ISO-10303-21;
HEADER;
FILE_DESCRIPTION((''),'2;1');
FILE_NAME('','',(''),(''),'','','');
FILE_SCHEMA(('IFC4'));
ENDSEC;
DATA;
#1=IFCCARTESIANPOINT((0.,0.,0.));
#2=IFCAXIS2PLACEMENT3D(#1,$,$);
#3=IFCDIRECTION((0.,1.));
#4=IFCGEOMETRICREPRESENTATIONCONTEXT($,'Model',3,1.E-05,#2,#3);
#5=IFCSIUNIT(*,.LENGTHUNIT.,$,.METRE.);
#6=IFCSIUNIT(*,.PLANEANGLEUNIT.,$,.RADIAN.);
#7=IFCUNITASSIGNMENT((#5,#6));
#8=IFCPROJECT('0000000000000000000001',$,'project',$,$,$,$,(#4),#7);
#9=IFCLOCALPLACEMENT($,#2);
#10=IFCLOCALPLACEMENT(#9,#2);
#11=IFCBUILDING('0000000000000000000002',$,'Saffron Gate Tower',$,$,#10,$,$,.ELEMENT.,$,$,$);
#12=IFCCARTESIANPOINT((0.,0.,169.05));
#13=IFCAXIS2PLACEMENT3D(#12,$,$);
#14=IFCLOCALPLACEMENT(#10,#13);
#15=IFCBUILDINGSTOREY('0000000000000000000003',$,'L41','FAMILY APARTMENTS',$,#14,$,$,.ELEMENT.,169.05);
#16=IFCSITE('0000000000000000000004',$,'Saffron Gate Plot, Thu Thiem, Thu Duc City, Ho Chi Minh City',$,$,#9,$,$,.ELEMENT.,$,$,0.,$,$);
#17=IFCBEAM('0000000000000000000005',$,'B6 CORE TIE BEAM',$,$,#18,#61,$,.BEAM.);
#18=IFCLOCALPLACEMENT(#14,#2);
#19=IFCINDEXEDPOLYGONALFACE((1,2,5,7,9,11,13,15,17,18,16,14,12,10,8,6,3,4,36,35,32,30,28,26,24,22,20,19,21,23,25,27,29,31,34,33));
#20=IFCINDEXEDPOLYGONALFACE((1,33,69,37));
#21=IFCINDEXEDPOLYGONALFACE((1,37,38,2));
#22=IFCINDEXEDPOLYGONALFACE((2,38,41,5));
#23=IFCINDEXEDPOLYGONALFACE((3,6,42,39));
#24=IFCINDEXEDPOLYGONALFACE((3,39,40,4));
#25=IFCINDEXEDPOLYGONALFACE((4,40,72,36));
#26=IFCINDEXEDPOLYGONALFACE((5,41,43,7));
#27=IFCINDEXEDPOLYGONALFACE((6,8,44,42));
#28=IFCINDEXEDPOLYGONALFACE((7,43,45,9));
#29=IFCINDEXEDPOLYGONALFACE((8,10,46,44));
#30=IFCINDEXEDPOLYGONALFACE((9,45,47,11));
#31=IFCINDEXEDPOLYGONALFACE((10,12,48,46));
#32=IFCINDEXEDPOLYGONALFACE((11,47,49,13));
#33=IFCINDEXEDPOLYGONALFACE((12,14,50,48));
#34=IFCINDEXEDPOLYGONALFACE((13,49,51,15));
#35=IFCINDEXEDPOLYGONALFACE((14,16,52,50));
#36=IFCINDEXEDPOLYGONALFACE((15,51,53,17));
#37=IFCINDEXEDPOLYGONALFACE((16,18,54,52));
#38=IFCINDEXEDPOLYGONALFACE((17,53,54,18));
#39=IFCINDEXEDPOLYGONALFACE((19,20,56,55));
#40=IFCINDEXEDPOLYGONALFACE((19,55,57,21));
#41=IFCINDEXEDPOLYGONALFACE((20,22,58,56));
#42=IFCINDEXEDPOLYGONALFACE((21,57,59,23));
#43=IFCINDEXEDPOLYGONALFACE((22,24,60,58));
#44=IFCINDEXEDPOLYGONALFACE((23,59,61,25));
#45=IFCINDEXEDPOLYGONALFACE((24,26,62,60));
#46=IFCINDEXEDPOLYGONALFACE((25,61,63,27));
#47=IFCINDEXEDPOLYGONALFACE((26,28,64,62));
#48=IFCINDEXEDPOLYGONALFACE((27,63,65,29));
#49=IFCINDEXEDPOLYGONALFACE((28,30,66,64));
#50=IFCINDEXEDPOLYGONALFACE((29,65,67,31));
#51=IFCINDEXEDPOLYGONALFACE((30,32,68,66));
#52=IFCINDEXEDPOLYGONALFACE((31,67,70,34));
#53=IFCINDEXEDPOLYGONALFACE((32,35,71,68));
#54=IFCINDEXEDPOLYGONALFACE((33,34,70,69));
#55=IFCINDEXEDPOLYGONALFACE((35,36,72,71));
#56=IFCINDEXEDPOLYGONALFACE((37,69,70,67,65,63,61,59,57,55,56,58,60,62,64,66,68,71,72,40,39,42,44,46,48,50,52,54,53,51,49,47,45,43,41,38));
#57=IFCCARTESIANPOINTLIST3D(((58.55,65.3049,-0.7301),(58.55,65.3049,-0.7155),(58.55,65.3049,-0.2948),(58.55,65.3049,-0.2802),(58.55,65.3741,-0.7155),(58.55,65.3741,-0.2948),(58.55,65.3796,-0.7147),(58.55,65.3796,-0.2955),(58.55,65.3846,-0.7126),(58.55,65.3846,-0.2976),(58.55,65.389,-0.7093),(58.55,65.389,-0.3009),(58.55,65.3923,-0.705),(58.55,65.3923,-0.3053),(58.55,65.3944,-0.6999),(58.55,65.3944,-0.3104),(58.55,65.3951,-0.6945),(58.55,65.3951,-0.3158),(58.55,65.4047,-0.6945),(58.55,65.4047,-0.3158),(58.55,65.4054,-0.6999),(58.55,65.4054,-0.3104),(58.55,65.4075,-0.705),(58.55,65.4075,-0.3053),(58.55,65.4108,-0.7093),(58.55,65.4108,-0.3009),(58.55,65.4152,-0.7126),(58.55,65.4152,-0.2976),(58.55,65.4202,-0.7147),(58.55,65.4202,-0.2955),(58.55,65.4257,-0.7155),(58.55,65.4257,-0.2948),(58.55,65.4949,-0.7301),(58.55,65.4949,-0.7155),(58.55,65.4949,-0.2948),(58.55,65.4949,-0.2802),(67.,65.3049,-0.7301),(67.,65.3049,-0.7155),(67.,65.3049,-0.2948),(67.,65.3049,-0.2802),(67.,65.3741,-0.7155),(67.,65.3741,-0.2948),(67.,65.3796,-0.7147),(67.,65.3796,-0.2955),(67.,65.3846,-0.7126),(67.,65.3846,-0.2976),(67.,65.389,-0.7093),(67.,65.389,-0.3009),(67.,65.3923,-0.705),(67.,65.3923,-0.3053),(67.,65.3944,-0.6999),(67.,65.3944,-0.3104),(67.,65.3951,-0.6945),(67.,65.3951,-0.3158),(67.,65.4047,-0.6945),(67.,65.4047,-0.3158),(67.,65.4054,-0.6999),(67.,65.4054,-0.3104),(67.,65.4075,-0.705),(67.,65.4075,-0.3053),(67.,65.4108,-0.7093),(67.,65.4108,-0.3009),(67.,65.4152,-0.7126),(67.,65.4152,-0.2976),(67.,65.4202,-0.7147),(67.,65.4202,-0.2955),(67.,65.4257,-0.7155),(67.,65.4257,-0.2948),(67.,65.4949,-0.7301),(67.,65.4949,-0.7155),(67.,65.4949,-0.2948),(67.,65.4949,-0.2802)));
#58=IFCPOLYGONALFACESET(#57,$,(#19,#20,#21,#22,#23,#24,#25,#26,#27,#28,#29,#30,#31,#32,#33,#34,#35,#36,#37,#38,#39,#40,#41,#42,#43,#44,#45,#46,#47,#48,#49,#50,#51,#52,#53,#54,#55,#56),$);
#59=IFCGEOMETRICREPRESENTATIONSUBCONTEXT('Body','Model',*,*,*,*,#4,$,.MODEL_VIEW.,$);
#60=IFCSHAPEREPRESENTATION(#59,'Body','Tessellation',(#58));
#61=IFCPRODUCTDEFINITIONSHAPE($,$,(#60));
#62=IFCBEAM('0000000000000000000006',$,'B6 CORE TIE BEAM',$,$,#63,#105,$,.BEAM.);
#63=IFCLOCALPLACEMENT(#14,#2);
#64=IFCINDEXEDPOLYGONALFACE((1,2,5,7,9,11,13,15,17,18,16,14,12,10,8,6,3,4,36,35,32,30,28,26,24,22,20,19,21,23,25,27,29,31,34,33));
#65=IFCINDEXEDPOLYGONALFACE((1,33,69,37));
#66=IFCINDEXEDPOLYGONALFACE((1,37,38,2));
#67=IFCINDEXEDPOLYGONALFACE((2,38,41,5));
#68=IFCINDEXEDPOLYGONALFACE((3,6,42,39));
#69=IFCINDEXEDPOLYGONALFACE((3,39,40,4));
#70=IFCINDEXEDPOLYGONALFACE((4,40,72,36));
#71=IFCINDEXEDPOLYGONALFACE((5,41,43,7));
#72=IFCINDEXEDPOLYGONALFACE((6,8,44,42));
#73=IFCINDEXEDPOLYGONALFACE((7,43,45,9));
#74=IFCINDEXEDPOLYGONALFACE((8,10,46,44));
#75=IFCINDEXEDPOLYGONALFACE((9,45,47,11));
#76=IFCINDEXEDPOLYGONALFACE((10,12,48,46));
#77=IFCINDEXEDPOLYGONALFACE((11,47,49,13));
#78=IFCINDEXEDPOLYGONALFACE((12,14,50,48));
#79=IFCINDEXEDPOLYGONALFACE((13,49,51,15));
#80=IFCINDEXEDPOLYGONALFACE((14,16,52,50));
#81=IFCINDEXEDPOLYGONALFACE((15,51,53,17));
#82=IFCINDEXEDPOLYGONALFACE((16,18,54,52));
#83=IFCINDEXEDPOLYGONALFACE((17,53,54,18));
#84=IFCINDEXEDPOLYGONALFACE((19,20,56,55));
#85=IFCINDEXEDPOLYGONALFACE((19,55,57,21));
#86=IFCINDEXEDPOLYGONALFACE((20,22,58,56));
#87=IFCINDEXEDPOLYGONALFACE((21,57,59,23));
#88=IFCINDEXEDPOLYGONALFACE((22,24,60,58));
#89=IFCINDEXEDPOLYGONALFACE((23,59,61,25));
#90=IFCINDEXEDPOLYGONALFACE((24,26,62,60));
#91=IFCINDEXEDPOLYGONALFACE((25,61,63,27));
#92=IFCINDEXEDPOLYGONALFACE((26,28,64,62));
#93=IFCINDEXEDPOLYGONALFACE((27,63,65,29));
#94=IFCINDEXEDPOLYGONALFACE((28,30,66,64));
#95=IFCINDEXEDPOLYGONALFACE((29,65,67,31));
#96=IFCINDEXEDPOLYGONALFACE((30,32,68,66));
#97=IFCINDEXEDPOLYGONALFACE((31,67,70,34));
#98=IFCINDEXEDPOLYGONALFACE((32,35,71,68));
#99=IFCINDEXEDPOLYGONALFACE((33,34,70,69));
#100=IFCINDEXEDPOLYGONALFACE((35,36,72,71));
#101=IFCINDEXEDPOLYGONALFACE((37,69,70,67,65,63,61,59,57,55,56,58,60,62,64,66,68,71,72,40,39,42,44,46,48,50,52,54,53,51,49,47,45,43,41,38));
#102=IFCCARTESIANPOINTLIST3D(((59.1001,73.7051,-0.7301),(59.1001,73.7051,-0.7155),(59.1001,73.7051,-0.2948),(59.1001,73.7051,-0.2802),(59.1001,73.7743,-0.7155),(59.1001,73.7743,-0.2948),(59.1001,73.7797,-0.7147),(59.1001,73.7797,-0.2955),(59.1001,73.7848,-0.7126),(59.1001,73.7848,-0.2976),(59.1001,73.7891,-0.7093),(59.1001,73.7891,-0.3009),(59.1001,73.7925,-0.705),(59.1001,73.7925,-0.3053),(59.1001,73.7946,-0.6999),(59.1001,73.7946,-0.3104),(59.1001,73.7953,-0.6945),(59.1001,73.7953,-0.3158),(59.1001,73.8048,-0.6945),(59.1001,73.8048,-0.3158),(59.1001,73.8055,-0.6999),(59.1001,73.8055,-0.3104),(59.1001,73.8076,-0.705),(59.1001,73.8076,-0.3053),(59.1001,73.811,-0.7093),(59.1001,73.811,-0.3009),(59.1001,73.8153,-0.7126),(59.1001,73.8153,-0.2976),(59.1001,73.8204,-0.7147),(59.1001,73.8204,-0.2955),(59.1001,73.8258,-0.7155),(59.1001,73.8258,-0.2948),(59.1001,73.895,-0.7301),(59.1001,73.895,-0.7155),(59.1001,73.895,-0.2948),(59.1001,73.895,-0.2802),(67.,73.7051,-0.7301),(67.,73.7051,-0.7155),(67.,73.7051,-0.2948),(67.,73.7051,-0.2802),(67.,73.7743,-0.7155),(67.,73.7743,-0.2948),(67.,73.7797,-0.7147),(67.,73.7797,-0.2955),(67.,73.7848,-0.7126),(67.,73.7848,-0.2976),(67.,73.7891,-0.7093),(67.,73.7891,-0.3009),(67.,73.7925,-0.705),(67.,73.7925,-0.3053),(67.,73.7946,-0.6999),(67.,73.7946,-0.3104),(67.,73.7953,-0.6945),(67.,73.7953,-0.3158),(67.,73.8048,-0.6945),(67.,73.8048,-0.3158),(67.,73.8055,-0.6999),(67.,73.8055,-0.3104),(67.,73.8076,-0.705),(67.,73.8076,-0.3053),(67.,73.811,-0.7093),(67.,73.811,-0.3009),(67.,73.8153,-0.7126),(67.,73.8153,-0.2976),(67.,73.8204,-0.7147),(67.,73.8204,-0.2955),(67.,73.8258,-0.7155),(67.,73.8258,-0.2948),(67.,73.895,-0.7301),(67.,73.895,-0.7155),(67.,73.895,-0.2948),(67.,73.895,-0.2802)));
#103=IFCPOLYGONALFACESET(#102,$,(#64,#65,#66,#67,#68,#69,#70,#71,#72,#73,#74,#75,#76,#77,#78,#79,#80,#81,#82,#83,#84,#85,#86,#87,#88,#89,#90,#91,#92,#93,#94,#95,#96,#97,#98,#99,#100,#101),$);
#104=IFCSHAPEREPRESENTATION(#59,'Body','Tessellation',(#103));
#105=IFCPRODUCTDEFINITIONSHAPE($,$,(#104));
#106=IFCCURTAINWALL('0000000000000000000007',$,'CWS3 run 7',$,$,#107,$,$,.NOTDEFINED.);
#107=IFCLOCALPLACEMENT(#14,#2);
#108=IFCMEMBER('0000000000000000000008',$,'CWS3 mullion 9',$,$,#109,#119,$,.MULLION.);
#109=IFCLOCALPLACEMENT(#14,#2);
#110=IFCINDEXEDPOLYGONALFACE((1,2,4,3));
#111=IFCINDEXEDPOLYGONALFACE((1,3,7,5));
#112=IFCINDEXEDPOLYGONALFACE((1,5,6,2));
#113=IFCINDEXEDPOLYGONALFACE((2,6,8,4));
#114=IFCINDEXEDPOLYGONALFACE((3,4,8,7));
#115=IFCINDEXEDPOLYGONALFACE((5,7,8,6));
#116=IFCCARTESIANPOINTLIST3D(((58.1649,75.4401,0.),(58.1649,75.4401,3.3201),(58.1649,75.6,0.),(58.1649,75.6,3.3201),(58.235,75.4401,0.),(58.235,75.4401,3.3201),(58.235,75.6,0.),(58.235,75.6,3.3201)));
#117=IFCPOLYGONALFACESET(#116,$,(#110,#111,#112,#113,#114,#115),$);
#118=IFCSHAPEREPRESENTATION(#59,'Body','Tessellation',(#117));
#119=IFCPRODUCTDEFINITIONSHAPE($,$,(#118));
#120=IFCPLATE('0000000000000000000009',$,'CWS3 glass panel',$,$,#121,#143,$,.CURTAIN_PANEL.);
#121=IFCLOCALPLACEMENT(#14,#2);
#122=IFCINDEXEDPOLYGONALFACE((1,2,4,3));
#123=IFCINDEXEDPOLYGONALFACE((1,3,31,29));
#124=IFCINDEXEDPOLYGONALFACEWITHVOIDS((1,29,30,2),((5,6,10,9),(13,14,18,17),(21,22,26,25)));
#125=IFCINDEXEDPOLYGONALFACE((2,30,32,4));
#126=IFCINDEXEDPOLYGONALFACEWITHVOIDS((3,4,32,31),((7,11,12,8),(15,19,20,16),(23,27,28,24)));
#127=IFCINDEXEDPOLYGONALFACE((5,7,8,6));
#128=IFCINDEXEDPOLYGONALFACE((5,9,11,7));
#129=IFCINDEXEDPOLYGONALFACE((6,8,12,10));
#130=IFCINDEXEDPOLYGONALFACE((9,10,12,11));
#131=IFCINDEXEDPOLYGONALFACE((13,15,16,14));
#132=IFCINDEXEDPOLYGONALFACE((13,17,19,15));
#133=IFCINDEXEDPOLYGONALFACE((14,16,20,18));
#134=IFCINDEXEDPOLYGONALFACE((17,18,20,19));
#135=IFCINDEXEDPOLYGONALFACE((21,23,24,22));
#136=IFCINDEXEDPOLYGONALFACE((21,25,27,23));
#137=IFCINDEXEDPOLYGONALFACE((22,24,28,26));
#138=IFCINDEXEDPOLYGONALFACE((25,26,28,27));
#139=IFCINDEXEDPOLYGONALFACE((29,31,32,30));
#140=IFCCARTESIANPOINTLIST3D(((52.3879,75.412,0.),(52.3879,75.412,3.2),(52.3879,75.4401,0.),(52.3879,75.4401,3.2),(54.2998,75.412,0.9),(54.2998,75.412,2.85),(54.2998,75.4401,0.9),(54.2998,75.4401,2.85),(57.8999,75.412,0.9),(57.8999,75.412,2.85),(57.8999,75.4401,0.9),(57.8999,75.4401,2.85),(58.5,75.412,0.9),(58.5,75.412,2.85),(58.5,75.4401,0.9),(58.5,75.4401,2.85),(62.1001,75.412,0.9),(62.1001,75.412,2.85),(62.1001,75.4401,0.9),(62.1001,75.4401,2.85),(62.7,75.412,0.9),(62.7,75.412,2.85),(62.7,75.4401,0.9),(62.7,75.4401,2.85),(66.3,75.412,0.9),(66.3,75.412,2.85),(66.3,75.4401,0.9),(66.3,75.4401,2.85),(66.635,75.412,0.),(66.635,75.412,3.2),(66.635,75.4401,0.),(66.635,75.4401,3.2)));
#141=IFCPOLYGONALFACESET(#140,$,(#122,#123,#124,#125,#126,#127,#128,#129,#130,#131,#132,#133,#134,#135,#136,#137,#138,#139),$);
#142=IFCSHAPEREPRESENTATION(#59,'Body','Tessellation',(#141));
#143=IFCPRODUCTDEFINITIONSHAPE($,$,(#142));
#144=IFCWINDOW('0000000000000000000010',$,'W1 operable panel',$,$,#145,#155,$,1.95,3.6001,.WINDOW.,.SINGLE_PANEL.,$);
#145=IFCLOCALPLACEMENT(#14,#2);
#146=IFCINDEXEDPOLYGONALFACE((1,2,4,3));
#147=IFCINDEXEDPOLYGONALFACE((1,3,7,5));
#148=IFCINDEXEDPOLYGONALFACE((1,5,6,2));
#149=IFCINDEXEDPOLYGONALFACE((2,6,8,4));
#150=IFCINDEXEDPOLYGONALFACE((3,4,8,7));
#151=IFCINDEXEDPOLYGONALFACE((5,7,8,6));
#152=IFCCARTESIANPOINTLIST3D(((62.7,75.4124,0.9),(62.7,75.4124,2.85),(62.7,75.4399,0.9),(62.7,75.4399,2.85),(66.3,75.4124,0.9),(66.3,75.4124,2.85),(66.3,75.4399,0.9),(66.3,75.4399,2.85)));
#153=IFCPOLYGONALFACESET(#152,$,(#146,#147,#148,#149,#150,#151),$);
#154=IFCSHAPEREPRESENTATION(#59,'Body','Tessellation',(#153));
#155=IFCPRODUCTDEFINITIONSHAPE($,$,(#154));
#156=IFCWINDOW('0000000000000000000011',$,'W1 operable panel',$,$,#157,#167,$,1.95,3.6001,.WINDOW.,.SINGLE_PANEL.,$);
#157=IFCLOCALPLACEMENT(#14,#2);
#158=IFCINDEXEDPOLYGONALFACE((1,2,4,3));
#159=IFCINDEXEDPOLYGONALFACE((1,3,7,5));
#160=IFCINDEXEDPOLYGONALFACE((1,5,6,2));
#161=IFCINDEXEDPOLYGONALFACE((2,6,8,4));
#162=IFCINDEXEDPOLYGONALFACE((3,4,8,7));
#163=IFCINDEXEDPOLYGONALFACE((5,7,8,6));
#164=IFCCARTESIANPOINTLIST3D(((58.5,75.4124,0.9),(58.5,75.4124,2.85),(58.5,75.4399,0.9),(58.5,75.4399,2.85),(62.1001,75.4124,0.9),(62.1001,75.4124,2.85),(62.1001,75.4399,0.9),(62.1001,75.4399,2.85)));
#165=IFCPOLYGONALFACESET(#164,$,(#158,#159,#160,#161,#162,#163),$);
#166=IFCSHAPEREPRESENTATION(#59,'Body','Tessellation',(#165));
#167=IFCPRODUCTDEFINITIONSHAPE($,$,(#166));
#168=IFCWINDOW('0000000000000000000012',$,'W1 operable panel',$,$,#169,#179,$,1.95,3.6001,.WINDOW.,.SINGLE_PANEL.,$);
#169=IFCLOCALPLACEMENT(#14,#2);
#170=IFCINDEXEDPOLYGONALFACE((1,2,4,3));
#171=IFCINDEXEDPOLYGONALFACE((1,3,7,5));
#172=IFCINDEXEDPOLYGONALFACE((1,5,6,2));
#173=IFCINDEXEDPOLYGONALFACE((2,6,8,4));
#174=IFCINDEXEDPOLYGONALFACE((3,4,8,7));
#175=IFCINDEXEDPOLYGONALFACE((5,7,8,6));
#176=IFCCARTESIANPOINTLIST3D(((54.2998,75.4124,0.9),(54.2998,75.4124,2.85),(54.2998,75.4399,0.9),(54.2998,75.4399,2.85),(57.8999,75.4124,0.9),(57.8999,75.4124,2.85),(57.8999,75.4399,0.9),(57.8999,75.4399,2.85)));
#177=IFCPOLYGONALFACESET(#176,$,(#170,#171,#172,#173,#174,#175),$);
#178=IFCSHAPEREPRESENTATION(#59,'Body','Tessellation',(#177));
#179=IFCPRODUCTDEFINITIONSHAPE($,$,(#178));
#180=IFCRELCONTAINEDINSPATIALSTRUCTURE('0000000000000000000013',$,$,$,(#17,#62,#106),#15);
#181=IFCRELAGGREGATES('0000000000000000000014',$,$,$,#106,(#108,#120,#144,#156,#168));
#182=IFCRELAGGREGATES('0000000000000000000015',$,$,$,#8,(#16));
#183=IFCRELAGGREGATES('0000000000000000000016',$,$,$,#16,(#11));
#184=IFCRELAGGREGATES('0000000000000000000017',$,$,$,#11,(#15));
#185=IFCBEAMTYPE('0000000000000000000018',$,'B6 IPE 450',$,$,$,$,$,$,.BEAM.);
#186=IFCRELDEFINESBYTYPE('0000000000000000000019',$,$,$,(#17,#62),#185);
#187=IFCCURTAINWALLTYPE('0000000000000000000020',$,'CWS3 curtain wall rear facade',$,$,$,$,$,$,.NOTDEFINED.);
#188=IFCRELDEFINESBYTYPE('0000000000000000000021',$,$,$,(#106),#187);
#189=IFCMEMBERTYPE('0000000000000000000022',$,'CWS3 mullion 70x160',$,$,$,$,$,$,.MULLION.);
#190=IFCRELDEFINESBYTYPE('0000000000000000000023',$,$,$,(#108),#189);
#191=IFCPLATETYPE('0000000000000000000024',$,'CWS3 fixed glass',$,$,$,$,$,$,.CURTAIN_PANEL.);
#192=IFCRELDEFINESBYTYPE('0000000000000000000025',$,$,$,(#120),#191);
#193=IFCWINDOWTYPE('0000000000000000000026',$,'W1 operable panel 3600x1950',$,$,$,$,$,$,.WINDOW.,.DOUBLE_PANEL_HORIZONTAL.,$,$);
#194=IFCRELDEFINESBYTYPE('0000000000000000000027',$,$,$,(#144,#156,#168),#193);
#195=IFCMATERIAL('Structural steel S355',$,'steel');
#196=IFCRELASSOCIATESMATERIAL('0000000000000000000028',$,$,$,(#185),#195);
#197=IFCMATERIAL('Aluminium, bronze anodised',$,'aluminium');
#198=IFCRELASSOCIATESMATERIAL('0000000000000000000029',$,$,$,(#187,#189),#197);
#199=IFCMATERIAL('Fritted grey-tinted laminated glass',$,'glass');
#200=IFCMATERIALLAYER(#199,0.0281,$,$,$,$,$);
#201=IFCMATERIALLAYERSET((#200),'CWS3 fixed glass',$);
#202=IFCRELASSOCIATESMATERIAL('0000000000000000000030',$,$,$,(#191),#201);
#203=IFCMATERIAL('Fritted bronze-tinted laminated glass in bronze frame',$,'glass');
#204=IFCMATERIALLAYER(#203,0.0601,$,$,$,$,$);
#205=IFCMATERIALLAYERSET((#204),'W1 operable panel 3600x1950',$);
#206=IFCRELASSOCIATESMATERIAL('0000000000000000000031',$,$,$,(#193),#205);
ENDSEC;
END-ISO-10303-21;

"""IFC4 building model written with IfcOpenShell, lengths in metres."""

from ifc_helpers import new_model, si_unit, direction, frame, frame_2d, origin, origin_2d, place, context, subcontext, project, spatial, rectangle, i_section, extrude, material, layer, layer_set, material_profile, profile_set, type_object, element, fill, aggregate, save


model = new_model("IFC4")

# Units and contexts
model_context = context("Model", 3, precision=1e-05, world=origin(), true_north=direction((0.0, 1.0)))
body_context = subcontext(model_context, "Body", "Model", "MODEL_VIEW")
ifc_project = project(units=[si_unit("LENGTHUNIT", "METRE"), si_unit("PLANEANGLEUNIT", "RADIAN")], contexts=[model_context])

# Site, building, storey
site_placement = place(None, origin())
site = spatial("IfcSite", under=ifc_project, at=site_placement, Name="Saffron Gate Plot, Thu Thiem, Thu Duc City, Ho Chi Minh City", CompositionType="ELEMENT", RefElevation=0.0)
building_placement = place(site_placement, origin())
building = spatial("IfcBuilding", under=site, at=building_placement, Name="Saffron Gate Tower", CompositionType="ELEMENT")
storey_placement = place(building_placement, frame((0.0, 0.0, 169.05)))
storey = spatial("IfcBuildingStorey", under=building, at=storey_placement, Name="L41", Description="FAMILY APARTMENTS", CompositionType="ELEMENT", Elevation=169.05)

# Beams
ifc_material_1 = material(Name="Structural steel S355", Category="steel")
ifc_material_profile_1 = material_profile(ifc_material_1, i_section(OverallWidth=0.1899, OverallDepth=0.45, WebThickness=0.0095, FlangeThickness=0.0146, FilletRadius=0.021, at=origin_2d()))
ifc_profile_set_1 = profile_set([ifc_material_profile_1], Name="Structural steel S355")
beam_type = type_object("IfcBeamType", Name="B6 IPE 450", PredefinedType="BEAM", material=ifc_profile_set_1)
beam_1_placement = place(storey_placement, frame((58.55, 65.3999, -0.5051), z_axis=(1.0, 0.0, 0.0), x_axis=(0.0, 1.0, 0.0)))
element("IfcBeam", 1, at=beam_1_placement, inside=storey, type_object=beam_type, Name="B6 CORE TIE BEAM", PredefinedType="BEAM", context=body_context, shape_type="SweptSolid", body=[
    extrude(i_section(OverallWidth=0.1899, OverallDepth=0.45, WebThickness=0.0095, FlangeThickness=0.0146, FilletRadius=0.021, at=origin_2d()), origin(), (0.0, 0.0, 1.0), 8.45),
])
beam_2_placement = place(storey_placement, frame((59.1001, 73.8, -0.5051), z_axis=(1.0, 0.0, 0.0), x_axis=(0.0, 1.0, 0.0)))
element("IfcBeam", 2, at=beam_2_placement, inside=storey, type_object=beam_type, Name="B6 CORE TIE BEAM", PredefinedType="BEAM", context=body_context, shape_type="SweptSolid", body=[
    extrude(i_section(OverallWidth=0.1899, OverallDepth=0.45, WebThickness=0.0095, FlangeThickness=0.0146, FilletRadius=0.021, at=origin_2d()), origin(), (0.0, 0.0, 1.0), 7.8999),
])

# Curtain wall, member, plate, openings, windows
ifc_material_2 = material(Name="Aluminium, bronze anodised", Category="aluminium")
curtain_wall_type = type_object("IfcCurtainWallType", Name="CWS3 curtain wall rear facade", PredefinedType="NOTDEFINED", material=ifc_material_2)
curtain_wall_placement = place(storey_placement, origin())
curtain_wall = element("IfcCurtainWall", 3, at=curtain_wall_placement, inside=storey, type_object=curtain_wall_type, Name="CWS3 run 7", PredefinedType="NOTDEFINED")
ifc_material_profile_2 = material_profile(ifc_material_2, rectangle(XDim=0.1599, YDim=0.0701, at=origin_2d()))
ifc_profile_set_2 = profile_set([ifc_material_profile_2], Name="Aluminium, bronze anodised")
member_type = type_object("IfcMemberType", Name="CWS3 mullion 70x160", PredefinedType="MULLION", material=ifc_profile_set_2)
member_placement = place(storey_placement, frame((58.2, 75.52, 0.0), z_axis=(0.0, 0.0, 1.0), x_axis=(0.0, -1.0, 0.0)))
member = element("IfcMember", 4, at=member_placement, type_object=member_type, Name="CWS3 mullion 9", PredefinedType="MULLION", context=body_context, shape_type="SweptSolid", body=[
    extrude(rectangle(XDim=0.1599, YDim=0.0701, at=origin_2d()), origin(), (0.0, 0.0, 1.0), 3.3201),
])
ifc_material_3 = material(Name="Fritted grey-tinted laminated glass", Category="glass")
ifc_layer_1 = layer(ifc_material_3, 0.0281)
ifc_layer_set_1 = layer_set([ifc_layer_1], Name="CWS3 fixed glass")
plate_type = type_object("IfcPlateType", Name="CWS3 fixed glass", PredefinedType="CURTAIN_PANEL", material=ifc_layer_set_1)
plate_placement = place(storey_placement, frame((66.635, 75.426, 0.0), z_axis=(0.0, 0.0, 1.0), x_axis=(-1.0, 0.0, 0.0)))
plate = element("IfcPlate", 5, at=plate_placement, type_object=plate_type, Name="CWS3 glass panel", PredefinedType="CURTAIN_PANEL", context=body_context, shape_type="SweptSolid", body=[
    extrude(rectangle(XDim=14.2471, YDim=0.0281, at=frame_2d((7.1235, 0.0))), origin(), (0.0, 0.0, 1.0), 3.2),
])
opening_1_placement = place(plate_placement, frame((0.335, 0.0, 0.8999)))
opening_1 = element("IfcOpeningElement", 6, at=opening_1_placement, cuts=plate, PredefinedType="OPENING", context=body_context, shape_type="SweptSolid", body=[
    extrude(rectangle(XDim=3.6001, YDim=1.95, at=frame_2d((1.8, 0.9751))), frame((0.0, 0.0239, 0.0), z_axis=(0.0, -1.0, 0.0), x_axis=(1.0, 0.0, 0.0)), (0.0, 0.0, 1.0), 0.0481),
])
opening_2_placement = place(plate_placement, frame((4.5349, 0.0, 0.8999)))
opening_2 = element("IfcOpeningElement", 7, at=opening_2_placement, cuts=plate, PredefinedType="OPENING", context=body_context, shape_type="SweptSolid", body=[
    extrude(rectangle(XDim=3.6001, YDim=1.95, at=frame_2d((1.8, 0.9751))), frame((0.0, 0.0239, 0.0), z_axis=(0.0, -1.0, 0.0), x_axis=(1.0, 0.0, 0.0)), (0.0, 0.0, 1.0), 0.0481),
])
opening_3_placement = place(plate_placement, frame((8.7351, 0.0, 0.8999)))
opening_3 = element("IfcOpeningElement", 8, at=opening_3_placement, cuts=plate, PredefinedType="OPENING", context=body_context, shape_type="SweptSolid", body=[
    extrude(rectangle(XDim=3.6001, YDim=1.95, at=frame_2d((1.8, 0.9751))), frame((0.0, 0.0239, 0.0), z_axis=(0.0, -1.0, 0.0), x_axis=(1.0, 0.0, 0.0)), (0.0, 0.0, 1.0), 0.0481),
])
ifc_material_4 = material(Name="Fritted bronze-tinted laminated glass in bronze frame", Category="glass")
ifc_layer_2 = layer(ifc_material_4, 0.0601)
ifc_layer_set_2 = layer_set([ifc_layer_2], Name="W1 operable panel 3600x1950")
window_type = type_object("IfcWindowType", Name="W1 operable panel 3600x1950", PartitioningType="DOUBLE_PANEL_HORIZONTAL", PredefinedType="WINDOW", material=ifc_layer_set_2)
window_1_placement = place(opening_1_placement, origin())
window_1 = element("IfcWindow", 9, at=window_1_placement, type_object=window_type, Name="W1 operable panel", OverallHeight=1.95, OverallWidth=3.6001, PartitioningType="SINGLE_PANEL", PredefinedType="WINDOW", context=body_context, shape_type="SweptSolid", body=[
    extrude(rectangle(XDim=3.6001, YDim=1.95, at=frame_2d((1.8, 0.9751))), frame((0.0, 0.0137, 0.0), z_axis=(0.0, -1.0, 0.0), x_axis=(1.0, 0.0, 0.0)), (0.0, 0.0, 1.0), 0.0276),
])
fill(opening_1, window_1)
window_2_placement = place(opening_2_placement, origin())
window_2 = element("IfcWindow", 10, at=window_2_placement, type_object=window_type, Name="W1 operable panel", OverallHeight=1.95, OverallWidth=3.6001, PartitioningType="SINGLE_PANEL", PredefinedType="WINDOW", context=body_context, shape_type="SweptSolid", body=[
    extrude(rectangle(XDim=3.6001, YDim=1.95, at=frame_2d((1.8, 0.9751))), frame((0.0, 0.0137, 0.0), z_axis=(0.0, -1.0, 0.0), x_axis=(1.0, 0.0, 0.0)), (0.0, 0.0, 1.0), 0.0276),
])
fill(opening_2, window_2)
window_3_placement = place(opening_3_placement, origin())
window_3 = element("IfcWindow", 11, at=window_3_placement, type_object=window_type, Name="W1 operable panel", OverallHeight=1.95, OverallWidth=3.6001, PartitioningType="SINGLE_PANEL", PredefinedType="WINDOW", context=body_context, shape_type="SweptSolid", body=[
    extrude(rectangle(XDim=3.6001, YDim=1.95, at=frame_2d((1.8, 0.9751))), frame((0.0, 0.0137, 0.0), z_axis=(0.0, -1.0, 0.0), x_axis=(1.0, 0.0, 0.0)), (0.0, 0.0, 1.0), 0.0276),
])
fill(opening_3, window_3)
aggregate(curtain_wall, [member, plate, window_1, window_2, window_3])

save(model, "model.ifc")
